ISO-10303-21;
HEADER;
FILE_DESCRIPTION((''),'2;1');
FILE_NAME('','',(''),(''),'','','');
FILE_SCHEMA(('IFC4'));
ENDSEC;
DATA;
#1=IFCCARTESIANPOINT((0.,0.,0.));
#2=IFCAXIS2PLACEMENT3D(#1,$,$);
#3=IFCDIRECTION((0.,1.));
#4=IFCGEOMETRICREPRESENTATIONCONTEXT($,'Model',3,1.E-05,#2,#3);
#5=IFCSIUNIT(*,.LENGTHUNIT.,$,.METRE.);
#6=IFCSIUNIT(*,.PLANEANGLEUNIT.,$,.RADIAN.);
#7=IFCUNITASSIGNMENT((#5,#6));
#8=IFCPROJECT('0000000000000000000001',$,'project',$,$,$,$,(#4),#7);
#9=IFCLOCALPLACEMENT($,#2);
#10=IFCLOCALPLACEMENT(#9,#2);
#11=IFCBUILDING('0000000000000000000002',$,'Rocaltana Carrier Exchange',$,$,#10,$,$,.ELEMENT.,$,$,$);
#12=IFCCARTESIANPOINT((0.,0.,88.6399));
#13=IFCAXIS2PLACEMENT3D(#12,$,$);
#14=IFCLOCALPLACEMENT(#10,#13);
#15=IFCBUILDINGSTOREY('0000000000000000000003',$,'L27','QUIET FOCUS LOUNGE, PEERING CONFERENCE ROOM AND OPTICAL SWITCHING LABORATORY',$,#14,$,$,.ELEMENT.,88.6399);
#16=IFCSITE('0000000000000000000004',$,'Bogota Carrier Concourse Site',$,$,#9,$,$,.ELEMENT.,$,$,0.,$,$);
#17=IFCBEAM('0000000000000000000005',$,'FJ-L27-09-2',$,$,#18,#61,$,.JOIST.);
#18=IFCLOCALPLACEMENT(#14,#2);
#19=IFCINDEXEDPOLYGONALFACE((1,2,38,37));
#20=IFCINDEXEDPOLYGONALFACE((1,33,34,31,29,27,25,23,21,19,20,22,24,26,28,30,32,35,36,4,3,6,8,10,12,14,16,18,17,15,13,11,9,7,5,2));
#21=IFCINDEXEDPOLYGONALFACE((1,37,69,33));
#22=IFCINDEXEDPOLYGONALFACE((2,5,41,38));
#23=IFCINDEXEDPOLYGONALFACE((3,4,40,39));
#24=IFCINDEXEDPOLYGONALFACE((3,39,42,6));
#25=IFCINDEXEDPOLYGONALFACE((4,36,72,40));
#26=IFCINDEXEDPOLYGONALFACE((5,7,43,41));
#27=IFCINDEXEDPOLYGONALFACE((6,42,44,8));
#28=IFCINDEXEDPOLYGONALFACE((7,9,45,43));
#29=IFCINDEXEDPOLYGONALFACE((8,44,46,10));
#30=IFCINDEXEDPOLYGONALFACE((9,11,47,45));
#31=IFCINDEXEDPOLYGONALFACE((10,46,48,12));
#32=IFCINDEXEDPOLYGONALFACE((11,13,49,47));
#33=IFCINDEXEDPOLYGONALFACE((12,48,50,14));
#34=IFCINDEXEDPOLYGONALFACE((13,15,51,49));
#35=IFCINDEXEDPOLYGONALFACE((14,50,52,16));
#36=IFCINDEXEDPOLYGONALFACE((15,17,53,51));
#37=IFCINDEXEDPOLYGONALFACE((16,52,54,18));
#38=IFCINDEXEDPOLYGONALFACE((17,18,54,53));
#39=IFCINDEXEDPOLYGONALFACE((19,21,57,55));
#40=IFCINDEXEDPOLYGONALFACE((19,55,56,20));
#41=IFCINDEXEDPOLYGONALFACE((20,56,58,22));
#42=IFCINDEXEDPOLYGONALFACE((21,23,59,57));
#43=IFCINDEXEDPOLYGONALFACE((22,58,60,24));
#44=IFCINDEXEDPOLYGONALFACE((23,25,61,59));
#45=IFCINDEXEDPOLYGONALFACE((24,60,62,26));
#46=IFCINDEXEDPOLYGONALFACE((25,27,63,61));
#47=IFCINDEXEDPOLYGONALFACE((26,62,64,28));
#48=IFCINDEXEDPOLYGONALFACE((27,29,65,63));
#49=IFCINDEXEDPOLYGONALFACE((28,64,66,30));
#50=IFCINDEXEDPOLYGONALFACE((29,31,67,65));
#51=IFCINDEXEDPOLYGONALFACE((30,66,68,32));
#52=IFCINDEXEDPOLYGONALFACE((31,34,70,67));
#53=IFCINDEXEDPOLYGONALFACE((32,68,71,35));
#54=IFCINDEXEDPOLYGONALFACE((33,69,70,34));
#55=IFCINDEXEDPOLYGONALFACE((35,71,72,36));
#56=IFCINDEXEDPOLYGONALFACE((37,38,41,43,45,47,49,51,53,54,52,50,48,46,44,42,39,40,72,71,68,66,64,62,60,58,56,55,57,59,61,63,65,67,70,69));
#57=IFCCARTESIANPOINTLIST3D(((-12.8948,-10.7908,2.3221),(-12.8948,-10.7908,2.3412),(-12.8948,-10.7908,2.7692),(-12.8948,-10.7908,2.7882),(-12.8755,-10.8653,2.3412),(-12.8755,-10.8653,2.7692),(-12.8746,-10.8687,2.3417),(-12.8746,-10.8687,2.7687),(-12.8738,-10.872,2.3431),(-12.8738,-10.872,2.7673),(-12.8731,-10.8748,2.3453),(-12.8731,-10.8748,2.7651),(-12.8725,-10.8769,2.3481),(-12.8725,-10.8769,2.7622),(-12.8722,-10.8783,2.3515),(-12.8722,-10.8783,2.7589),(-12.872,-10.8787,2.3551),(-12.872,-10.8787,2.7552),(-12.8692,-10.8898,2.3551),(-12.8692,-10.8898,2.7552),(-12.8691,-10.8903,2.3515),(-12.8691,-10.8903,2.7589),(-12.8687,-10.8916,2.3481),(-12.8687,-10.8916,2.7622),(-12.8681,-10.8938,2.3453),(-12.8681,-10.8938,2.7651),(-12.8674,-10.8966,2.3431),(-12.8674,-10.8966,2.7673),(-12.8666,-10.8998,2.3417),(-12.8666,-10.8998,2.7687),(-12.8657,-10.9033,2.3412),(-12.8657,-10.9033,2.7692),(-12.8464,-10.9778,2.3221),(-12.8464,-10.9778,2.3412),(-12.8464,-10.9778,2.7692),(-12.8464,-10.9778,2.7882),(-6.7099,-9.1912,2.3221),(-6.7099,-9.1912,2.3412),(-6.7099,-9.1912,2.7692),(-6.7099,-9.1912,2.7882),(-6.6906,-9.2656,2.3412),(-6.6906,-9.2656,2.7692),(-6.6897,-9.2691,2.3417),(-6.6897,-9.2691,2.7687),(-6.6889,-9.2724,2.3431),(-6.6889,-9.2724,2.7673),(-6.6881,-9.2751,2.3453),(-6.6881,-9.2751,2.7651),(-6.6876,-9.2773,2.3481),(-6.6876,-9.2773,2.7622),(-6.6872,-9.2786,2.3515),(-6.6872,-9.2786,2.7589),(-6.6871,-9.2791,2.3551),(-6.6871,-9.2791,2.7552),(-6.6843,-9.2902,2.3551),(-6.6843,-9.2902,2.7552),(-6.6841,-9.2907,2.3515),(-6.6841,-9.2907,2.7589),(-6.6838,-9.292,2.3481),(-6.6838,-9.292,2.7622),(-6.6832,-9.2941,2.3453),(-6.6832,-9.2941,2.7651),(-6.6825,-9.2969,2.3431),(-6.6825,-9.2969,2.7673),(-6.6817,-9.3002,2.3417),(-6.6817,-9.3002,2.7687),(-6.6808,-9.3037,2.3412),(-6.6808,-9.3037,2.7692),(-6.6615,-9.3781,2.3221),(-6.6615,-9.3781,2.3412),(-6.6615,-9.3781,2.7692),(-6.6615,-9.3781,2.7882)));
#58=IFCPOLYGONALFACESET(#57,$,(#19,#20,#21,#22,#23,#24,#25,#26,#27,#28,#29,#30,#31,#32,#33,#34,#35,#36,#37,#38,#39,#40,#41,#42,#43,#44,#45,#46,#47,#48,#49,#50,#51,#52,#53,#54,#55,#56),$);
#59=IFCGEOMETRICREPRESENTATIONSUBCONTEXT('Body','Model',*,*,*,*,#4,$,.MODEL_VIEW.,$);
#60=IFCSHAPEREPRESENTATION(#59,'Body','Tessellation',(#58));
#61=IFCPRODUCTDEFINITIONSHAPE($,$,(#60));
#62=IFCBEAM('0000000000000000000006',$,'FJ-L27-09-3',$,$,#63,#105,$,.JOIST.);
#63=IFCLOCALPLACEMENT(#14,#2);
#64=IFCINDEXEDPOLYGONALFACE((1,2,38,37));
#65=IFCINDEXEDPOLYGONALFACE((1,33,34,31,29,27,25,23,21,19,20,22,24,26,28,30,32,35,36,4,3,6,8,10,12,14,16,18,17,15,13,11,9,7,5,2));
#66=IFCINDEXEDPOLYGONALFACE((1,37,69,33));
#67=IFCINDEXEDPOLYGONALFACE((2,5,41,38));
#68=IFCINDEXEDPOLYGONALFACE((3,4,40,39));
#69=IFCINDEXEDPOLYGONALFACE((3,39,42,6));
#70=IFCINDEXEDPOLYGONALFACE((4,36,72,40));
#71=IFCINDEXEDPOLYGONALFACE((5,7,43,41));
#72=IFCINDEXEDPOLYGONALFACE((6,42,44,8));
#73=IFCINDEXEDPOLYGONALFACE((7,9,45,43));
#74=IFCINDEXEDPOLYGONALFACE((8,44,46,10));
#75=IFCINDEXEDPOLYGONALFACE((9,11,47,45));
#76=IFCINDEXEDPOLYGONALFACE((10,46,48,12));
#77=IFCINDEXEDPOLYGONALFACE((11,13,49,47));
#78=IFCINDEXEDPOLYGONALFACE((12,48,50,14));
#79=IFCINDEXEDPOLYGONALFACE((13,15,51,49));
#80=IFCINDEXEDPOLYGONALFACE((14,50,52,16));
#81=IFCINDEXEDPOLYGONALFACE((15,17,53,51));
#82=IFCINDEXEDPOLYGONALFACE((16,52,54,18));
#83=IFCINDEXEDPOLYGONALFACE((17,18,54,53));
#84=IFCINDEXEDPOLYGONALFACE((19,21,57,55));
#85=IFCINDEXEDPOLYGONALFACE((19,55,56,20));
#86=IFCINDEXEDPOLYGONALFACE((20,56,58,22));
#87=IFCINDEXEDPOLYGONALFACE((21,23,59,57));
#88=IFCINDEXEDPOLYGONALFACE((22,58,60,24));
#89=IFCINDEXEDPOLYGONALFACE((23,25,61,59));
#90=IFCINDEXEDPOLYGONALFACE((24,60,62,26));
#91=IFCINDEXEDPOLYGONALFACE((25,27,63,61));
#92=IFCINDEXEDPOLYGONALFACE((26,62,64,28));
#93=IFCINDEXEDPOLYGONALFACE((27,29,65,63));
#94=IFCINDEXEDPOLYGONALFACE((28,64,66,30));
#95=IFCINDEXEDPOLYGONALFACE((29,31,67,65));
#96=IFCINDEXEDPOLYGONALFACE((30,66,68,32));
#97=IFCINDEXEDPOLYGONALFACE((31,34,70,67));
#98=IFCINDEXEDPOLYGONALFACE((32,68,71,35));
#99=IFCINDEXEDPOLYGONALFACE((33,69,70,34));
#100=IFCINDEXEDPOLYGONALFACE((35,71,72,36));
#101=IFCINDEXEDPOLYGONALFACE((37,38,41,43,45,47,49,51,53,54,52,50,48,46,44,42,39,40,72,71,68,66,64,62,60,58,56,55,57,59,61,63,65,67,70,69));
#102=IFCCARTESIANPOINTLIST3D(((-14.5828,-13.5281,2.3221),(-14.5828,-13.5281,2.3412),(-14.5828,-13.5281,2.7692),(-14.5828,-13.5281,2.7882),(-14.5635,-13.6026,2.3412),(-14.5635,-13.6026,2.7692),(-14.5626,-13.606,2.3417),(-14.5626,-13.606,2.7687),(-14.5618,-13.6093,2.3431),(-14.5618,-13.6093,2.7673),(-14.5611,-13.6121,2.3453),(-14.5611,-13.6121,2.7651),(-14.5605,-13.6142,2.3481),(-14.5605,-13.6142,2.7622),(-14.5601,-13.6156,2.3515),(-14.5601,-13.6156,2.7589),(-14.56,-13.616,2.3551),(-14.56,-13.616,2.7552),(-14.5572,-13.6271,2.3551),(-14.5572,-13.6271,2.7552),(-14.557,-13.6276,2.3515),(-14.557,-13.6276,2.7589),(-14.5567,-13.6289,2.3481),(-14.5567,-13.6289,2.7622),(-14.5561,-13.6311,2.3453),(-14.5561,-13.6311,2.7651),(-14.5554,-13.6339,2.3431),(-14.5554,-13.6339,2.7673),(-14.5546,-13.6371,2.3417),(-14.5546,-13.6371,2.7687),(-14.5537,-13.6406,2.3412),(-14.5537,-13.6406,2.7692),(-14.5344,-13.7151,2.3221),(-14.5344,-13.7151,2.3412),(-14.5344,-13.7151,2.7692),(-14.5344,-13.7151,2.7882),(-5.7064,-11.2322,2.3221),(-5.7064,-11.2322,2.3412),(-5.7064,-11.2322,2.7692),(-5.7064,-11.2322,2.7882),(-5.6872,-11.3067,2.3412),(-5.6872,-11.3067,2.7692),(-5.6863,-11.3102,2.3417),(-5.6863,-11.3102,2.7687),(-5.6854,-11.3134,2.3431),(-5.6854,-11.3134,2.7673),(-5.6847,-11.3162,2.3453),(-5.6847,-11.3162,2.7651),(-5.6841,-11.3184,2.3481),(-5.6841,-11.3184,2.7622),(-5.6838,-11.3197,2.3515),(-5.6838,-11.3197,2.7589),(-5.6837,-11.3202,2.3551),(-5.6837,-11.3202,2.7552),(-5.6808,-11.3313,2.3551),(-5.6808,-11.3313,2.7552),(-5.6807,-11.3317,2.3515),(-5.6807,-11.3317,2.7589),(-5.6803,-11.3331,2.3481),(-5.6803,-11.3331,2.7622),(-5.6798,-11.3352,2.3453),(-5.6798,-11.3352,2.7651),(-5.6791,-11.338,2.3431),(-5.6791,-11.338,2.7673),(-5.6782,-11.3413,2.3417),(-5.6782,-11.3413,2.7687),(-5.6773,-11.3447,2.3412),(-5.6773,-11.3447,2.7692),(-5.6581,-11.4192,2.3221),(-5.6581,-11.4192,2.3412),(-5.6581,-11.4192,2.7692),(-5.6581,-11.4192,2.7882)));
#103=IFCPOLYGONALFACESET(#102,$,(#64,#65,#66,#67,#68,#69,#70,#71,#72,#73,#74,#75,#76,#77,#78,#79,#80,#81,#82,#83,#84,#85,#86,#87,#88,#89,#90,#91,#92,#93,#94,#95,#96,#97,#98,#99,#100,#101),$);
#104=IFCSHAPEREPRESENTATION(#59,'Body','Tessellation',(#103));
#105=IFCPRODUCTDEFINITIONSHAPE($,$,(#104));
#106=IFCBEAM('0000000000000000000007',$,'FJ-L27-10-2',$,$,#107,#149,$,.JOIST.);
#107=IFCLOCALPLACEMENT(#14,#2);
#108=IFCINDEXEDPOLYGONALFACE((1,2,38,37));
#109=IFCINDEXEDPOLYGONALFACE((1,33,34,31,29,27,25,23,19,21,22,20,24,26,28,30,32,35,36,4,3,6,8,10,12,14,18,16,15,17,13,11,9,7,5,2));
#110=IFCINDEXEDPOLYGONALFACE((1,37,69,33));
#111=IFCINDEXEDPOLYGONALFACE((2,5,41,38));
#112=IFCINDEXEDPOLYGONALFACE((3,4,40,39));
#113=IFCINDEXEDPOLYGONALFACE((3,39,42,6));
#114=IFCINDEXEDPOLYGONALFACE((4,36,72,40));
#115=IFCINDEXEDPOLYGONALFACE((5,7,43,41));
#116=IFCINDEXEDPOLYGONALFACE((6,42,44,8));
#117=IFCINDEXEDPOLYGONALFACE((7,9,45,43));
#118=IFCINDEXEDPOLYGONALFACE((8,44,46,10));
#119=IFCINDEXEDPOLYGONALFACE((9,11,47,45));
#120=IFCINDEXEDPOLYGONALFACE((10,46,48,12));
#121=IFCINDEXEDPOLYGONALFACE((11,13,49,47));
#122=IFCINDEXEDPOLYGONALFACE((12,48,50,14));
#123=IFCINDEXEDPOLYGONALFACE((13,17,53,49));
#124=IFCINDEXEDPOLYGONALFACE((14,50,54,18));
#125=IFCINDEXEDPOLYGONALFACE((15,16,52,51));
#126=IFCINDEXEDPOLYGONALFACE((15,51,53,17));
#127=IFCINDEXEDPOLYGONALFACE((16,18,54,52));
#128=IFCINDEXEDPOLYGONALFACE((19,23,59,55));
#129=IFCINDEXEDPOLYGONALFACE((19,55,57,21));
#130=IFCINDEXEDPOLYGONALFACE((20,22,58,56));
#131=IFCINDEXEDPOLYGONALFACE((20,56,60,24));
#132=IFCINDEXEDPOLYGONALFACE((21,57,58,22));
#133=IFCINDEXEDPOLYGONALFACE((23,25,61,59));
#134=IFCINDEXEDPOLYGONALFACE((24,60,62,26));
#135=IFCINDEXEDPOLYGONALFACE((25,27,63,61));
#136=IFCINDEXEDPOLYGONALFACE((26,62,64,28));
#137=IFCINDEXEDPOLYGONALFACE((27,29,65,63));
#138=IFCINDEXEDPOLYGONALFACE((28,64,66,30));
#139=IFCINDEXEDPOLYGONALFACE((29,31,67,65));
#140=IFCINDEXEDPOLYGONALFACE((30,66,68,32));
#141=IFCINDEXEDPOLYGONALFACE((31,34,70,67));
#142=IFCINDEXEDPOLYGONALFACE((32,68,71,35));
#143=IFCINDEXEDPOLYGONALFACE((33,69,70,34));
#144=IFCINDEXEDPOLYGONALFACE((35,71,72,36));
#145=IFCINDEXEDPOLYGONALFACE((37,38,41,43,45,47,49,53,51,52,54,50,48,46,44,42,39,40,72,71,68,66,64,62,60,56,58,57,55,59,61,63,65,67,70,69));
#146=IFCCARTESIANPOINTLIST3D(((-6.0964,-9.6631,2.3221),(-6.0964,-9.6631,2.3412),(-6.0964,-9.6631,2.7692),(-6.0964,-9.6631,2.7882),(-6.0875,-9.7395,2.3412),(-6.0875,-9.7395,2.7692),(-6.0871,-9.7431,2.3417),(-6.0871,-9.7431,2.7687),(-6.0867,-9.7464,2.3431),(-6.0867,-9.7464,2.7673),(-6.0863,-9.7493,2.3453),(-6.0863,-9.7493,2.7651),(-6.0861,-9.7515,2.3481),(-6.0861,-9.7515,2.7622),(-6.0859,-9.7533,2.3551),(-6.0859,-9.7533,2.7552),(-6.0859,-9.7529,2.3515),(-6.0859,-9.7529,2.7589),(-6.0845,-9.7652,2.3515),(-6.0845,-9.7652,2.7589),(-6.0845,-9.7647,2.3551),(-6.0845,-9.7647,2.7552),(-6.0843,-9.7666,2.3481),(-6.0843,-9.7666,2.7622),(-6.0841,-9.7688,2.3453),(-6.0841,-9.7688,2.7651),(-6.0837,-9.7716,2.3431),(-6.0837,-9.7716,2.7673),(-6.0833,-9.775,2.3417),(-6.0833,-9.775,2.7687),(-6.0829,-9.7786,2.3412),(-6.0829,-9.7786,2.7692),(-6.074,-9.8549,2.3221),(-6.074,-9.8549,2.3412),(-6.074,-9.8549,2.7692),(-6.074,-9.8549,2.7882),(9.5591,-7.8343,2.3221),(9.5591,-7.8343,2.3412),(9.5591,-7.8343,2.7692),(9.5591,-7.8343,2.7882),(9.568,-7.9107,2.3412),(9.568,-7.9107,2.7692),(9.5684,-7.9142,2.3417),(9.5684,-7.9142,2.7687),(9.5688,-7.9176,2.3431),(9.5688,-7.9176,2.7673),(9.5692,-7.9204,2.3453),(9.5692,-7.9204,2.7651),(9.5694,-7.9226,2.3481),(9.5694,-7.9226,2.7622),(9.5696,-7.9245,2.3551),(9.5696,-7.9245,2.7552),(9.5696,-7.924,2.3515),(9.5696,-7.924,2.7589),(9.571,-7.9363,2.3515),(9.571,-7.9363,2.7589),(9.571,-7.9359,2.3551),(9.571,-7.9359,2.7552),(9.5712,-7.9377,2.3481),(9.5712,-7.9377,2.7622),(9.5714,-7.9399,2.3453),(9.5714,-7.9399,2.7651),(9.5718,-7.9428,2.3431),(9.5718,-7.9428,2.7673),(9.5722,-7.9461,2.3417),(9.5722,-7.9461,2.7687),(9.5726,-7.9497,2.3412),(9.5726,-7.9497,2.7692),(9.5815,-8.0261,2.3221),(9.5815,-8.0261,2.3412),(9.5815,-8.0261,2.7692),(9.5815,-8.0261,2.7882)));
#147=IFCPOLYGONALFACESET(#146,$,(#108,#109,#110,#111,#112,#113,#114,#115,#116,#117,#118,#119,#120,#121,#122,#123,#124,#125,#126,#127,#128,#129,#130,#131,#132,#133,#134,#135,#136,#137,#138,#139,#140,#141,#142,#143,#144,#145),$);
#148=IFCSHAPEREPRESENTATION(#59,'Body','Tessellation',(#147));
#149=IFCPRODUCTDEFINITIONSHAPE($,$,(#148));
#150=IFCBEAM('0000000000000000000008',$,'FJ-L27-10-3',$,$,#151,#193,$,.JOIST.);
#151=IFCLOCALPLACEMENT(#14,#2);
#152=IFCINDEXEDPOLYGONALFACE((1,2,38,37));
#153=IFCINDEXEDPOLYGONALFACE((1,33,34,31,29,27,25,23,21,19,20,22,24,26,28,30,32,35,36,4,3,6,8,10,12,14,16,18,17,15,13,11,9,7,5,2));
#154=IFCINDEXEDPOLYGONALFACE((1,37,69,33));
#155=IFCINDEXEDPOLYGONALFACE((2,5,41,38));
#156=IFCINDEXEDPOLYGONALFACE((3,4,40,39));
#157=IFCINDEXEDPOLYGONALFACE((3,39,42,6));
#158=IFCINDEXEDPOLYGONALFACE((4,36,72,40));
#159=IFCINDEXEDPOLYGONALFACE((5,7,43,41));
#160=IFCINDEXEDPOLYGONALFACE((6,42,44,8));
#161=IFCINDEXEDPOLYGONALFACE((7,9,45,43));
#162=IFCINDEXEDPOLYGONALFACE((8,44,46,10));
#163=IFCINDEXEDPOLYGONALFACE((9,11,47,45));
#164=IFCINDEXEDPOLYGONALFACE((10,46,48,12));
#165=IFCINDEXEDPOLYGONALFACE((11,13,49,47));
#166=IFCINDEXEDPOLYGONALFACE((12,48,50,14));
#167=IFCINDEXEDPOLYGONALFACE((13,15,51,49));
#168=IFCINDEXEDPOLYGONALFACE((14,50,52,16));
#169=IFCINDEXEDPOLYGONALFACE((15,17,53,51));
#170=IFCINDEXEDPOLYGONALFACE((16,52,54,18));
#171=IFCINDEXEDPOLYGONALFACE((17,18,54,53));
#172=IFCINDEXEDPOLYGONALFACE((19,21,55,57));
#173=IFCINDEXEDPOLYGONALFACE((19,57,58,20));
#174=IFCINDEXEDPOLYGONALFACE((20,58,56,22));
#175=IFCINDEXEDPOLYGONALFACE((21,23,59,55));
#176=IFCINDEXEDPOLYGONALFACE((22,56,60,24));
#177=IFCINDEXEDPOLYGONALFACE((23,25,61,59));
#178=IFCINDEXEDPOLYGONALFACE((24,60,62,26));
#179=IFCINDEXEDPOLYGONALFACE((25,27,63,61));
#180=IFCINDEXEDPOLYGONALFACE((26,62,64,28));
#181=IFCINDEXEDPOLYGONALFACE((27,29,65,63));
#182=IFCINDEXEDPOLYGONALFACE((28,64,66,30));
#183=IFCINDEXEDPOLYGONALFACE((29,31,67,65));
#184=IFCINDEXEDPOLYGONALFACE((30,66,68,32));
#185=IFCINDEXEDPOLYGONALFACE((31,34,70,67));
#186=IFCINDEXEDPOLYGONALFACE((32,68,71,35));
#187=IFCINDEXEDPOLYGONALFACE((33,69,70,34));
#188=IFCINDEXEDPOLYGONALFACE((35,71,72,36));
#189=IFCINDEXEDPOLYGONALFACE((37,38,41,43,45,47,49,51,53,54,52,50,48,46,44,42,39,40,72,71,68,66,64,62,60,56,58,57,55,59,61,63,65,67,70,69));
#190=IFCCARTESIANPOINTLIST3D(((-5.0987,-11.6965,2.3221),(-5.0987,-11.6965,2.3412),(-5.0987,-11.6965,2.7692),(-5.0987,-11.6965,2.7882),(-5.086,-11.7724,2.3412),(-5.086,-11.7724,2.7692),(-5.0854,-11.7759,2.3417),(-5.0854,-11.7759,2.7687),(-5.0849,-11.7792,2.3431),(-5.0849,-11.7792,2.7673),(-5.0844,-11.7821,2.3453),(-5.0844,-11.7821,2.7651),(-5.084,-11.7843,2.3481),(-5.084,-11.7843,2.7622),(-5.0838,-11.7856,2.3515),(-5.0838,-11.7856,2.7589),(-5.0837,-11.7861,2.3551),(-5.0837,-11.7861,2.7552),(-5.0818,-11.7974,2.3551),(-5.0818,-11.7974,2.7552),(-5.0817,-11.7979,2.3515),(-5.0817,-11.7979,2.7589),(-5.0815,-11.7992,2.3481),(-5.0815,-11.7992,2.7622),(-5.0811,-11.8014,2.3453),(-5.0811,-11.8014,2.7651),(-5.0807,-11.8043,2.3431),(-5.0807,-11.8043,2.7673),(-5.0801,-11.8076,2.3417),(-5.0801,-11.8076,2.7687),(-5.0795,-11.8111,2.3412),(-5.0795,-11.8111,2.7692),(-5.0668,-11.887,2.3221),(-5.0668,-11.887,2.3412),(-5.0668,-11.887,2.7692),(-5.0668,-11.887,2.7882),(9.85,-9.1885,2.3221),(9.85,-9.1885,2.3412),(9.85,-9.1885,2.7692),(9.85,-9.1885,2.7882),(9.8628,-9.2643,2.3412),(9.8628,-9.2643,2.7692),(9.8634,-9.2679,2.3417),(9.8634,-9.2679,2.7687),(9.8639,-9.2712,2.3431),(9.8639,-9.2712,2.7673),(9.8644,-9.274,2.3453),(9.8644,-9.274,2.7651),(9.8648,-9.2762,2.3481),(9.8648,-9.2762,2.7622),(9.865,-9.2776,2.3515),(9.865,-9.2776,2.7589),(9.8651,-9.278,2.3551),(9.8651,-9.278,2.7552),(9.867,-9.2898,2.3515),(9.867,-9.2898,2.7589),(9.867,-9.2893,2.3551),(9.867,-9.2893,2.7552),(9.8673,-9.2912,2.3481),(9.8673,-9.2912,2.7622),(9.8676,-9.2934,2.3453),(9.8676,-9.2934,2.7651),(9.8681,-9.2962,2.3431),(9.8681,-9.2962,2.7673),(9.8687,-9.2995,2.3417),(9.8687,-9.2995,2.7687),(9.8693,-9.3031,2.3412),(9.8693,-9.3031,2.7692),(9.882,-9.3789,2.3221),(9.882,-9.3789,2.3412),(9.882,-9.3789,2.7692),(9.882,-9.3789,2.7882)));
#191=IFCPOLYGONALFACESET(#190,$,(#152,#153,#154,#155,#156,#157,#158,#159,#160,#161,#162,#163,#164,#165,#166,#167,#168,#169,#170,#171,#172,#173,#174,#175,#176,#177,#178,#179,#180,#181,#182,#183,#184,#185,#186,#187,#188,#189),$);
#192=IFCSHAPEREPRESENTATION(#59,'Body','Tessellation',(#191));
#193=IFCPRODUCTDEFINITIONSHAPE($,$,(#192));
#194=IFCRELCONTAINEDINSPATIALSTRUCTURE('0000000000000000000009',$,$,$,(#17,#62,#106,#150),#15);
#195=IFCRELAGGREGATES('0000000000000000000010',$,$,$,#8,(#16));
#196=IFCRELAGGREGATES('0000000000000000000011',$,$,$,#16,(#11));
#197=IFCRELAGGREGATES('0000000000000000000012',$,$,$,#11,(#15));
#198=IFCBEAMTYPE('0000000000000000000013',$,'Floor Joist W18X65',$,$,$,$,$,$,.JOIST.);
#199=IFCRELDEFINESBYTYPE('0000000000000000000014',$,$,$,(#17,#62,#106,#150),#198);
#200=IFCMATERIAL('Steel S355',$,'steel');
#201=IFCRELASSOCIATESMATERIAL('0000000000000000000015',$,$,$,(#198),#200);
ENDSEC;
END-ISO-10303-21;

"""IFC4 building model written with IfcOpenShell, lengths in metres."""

from ifc_helpers import new_model, si_unit, direction, frame, origin, origin_2d, place, context, subcontext, project, spatial, i_section, extrude, material, material_profile, profile_set, type_object, element, save


model = new_model("IFC4")

# Units and contexts
model_context = context("Model", 3, precision=1e-05, world=origin(), true_north=direction((0.0, 1.0)))
body_context = subcontext(model_context, "Body", "Model", "MODEL_VIEW")
ifc_project = project(units=[si_unit("LENGTHUNIT", "METRE"), si_unit("PLANEANGLEUNIT", "RADIAN")], contexts=[model_context])

# Site, building, storey
site_placement = place(None, origin())
site = spatial("IfcSite", under=ifc_project, at=site_placement, Name="Bogota Carrier Concourse Site", CompositionType="ELEMENT", RefElevation=0.0)
building_placement = place(site_placement, origin())
building = spatial("IfcBuilding", under=site, at=building_placement, Name="Rocaltana Carrier Exchange", CompositionType="ELEMENT")
storey_placement = place(building_placement, frame((0.0, 0.0, 88.6399)))
storey = spatial("IfcBuildingStorey", under=building, at=storey_placement, Name="L27", Description="QUIET FOCUS LOUNGE, PEERING CONFERENCE ROOM AND OPTICAL SWITCHING LABORATORY", CompositionType="ELEMENT", Elevation=88.6399)

# Beams
ifc_material_1 = material(Name="Steel S355", Category="steel")
ifc_material_profile_1 = material_profile(ifc_material_1, i_section(OverallWidth=0.1931, OverallDepth=0.4661, WebThickness=0.0115, FlangeThickness=0.019, FilletRadius=0.0139, at=origin_2d()), Name="W18X65")
ifc_profile_set_1 = profile_set([ifc_material_profile_1], Name="Steel S355")
beam_type_1 = type_object("IfcBeamType", Name="Floor Joist W18X65", PredefinedType="JOIST", material=ifc_profile_set_1)
beam_1_placement = place(storey_placement, frame((-12.8706, -10.8843, 2.5552), z_axis=(0.968144, 0.250396, 0.0), x_axis=(-0.250396, 0.968144, 0.0)))
element("IfcBeam", 1, at=beam_1_placement, inside=storey, type_object=beam_type_1, Name="FJ-L27-09-2", PredefinedType="JOIST", context=body_context, shape_type="SweptSolid", body=[
    extrude(i_section(OverallWidth=0.1931, OverallDepth=0.4661, WebThickness=0.0115, FlangeThickness=0.019, FilletRadius=0.0139, at=origin_2d()), origin(), (0.0, 0.0, 1.0), 6.3884),
])
beam_2_placement = place(storey_placement, frame((-14.5586, -13.6216, 2.5552), z_axis=(0.96814, 0.25041, 0.0), x_axis=(-0.25041, 0.96814, 0.0)))
element("IfcBeam", 2, at=beam_2_placement, inside=storey, type_object=beam_type_1, Name="FJ-L27-09-3", PredefinedType="JOIST", context=body_context, shape_type="SweptSolid", body=[
    extrude(i_section(OverallWidth=0.1931, OverallDepth=0.4661, WebThickness=0.0115, FlangeThickness=0.019, FilletRadius=0.0139, at=origin_2d()), origin(), (0.0, 0.0, 1.0), 9.1685),
])
beam_3_placement = place(storey_placement, frame((-6.0852, -9.759, 2.5552), z_axis=(0.993246, 0.11603, 0.0), x_axis=(-0.11603, 0.993246, 0.0)))
element("IfcBeam", 3, at=beam_3_placement, inside=storey, type_object=beam_type_1, Name="FJ-L27-10-2", PredefinedType="JOIST", context=body_context, shape_type="SweptSolid", body=[
    extrude(i_section(OverallWidth=0.1931, OverallDepth=0.4661, WebThickness=0.0115, FlangeThickness=0.019, FilletRadius=0.0139, at=origin_2d()), origin(), (0.0, 0.0, 1.0), 15.762),
])
beam_4_placement = place(storey_placement, frame((-5.0828, -11.7917, 2.5552), z_axis=(0.986216, 0.165465, 0.0), x_axis=(-0.165465, 0.986216, 0.0)))
element("IfcBeam", 4, at=beam_4_placement, inside=storey, type_object=beam_type_1, Name="FJ-L27-10-3", PredefinedType="JOIST", context=body_context, shape_type="SweptSolid", body=[
    extrude(i_section(OverallWidth=0.1931, OverallDepth=0.4661, WebThickness=0.0115, FlangeThickness=0.019, FilletRadius=0.0139, at=origin_2d()), origin(), (0.0, 0.0, 1.0), 15.1577),
])

save(model, "model.ifc")
